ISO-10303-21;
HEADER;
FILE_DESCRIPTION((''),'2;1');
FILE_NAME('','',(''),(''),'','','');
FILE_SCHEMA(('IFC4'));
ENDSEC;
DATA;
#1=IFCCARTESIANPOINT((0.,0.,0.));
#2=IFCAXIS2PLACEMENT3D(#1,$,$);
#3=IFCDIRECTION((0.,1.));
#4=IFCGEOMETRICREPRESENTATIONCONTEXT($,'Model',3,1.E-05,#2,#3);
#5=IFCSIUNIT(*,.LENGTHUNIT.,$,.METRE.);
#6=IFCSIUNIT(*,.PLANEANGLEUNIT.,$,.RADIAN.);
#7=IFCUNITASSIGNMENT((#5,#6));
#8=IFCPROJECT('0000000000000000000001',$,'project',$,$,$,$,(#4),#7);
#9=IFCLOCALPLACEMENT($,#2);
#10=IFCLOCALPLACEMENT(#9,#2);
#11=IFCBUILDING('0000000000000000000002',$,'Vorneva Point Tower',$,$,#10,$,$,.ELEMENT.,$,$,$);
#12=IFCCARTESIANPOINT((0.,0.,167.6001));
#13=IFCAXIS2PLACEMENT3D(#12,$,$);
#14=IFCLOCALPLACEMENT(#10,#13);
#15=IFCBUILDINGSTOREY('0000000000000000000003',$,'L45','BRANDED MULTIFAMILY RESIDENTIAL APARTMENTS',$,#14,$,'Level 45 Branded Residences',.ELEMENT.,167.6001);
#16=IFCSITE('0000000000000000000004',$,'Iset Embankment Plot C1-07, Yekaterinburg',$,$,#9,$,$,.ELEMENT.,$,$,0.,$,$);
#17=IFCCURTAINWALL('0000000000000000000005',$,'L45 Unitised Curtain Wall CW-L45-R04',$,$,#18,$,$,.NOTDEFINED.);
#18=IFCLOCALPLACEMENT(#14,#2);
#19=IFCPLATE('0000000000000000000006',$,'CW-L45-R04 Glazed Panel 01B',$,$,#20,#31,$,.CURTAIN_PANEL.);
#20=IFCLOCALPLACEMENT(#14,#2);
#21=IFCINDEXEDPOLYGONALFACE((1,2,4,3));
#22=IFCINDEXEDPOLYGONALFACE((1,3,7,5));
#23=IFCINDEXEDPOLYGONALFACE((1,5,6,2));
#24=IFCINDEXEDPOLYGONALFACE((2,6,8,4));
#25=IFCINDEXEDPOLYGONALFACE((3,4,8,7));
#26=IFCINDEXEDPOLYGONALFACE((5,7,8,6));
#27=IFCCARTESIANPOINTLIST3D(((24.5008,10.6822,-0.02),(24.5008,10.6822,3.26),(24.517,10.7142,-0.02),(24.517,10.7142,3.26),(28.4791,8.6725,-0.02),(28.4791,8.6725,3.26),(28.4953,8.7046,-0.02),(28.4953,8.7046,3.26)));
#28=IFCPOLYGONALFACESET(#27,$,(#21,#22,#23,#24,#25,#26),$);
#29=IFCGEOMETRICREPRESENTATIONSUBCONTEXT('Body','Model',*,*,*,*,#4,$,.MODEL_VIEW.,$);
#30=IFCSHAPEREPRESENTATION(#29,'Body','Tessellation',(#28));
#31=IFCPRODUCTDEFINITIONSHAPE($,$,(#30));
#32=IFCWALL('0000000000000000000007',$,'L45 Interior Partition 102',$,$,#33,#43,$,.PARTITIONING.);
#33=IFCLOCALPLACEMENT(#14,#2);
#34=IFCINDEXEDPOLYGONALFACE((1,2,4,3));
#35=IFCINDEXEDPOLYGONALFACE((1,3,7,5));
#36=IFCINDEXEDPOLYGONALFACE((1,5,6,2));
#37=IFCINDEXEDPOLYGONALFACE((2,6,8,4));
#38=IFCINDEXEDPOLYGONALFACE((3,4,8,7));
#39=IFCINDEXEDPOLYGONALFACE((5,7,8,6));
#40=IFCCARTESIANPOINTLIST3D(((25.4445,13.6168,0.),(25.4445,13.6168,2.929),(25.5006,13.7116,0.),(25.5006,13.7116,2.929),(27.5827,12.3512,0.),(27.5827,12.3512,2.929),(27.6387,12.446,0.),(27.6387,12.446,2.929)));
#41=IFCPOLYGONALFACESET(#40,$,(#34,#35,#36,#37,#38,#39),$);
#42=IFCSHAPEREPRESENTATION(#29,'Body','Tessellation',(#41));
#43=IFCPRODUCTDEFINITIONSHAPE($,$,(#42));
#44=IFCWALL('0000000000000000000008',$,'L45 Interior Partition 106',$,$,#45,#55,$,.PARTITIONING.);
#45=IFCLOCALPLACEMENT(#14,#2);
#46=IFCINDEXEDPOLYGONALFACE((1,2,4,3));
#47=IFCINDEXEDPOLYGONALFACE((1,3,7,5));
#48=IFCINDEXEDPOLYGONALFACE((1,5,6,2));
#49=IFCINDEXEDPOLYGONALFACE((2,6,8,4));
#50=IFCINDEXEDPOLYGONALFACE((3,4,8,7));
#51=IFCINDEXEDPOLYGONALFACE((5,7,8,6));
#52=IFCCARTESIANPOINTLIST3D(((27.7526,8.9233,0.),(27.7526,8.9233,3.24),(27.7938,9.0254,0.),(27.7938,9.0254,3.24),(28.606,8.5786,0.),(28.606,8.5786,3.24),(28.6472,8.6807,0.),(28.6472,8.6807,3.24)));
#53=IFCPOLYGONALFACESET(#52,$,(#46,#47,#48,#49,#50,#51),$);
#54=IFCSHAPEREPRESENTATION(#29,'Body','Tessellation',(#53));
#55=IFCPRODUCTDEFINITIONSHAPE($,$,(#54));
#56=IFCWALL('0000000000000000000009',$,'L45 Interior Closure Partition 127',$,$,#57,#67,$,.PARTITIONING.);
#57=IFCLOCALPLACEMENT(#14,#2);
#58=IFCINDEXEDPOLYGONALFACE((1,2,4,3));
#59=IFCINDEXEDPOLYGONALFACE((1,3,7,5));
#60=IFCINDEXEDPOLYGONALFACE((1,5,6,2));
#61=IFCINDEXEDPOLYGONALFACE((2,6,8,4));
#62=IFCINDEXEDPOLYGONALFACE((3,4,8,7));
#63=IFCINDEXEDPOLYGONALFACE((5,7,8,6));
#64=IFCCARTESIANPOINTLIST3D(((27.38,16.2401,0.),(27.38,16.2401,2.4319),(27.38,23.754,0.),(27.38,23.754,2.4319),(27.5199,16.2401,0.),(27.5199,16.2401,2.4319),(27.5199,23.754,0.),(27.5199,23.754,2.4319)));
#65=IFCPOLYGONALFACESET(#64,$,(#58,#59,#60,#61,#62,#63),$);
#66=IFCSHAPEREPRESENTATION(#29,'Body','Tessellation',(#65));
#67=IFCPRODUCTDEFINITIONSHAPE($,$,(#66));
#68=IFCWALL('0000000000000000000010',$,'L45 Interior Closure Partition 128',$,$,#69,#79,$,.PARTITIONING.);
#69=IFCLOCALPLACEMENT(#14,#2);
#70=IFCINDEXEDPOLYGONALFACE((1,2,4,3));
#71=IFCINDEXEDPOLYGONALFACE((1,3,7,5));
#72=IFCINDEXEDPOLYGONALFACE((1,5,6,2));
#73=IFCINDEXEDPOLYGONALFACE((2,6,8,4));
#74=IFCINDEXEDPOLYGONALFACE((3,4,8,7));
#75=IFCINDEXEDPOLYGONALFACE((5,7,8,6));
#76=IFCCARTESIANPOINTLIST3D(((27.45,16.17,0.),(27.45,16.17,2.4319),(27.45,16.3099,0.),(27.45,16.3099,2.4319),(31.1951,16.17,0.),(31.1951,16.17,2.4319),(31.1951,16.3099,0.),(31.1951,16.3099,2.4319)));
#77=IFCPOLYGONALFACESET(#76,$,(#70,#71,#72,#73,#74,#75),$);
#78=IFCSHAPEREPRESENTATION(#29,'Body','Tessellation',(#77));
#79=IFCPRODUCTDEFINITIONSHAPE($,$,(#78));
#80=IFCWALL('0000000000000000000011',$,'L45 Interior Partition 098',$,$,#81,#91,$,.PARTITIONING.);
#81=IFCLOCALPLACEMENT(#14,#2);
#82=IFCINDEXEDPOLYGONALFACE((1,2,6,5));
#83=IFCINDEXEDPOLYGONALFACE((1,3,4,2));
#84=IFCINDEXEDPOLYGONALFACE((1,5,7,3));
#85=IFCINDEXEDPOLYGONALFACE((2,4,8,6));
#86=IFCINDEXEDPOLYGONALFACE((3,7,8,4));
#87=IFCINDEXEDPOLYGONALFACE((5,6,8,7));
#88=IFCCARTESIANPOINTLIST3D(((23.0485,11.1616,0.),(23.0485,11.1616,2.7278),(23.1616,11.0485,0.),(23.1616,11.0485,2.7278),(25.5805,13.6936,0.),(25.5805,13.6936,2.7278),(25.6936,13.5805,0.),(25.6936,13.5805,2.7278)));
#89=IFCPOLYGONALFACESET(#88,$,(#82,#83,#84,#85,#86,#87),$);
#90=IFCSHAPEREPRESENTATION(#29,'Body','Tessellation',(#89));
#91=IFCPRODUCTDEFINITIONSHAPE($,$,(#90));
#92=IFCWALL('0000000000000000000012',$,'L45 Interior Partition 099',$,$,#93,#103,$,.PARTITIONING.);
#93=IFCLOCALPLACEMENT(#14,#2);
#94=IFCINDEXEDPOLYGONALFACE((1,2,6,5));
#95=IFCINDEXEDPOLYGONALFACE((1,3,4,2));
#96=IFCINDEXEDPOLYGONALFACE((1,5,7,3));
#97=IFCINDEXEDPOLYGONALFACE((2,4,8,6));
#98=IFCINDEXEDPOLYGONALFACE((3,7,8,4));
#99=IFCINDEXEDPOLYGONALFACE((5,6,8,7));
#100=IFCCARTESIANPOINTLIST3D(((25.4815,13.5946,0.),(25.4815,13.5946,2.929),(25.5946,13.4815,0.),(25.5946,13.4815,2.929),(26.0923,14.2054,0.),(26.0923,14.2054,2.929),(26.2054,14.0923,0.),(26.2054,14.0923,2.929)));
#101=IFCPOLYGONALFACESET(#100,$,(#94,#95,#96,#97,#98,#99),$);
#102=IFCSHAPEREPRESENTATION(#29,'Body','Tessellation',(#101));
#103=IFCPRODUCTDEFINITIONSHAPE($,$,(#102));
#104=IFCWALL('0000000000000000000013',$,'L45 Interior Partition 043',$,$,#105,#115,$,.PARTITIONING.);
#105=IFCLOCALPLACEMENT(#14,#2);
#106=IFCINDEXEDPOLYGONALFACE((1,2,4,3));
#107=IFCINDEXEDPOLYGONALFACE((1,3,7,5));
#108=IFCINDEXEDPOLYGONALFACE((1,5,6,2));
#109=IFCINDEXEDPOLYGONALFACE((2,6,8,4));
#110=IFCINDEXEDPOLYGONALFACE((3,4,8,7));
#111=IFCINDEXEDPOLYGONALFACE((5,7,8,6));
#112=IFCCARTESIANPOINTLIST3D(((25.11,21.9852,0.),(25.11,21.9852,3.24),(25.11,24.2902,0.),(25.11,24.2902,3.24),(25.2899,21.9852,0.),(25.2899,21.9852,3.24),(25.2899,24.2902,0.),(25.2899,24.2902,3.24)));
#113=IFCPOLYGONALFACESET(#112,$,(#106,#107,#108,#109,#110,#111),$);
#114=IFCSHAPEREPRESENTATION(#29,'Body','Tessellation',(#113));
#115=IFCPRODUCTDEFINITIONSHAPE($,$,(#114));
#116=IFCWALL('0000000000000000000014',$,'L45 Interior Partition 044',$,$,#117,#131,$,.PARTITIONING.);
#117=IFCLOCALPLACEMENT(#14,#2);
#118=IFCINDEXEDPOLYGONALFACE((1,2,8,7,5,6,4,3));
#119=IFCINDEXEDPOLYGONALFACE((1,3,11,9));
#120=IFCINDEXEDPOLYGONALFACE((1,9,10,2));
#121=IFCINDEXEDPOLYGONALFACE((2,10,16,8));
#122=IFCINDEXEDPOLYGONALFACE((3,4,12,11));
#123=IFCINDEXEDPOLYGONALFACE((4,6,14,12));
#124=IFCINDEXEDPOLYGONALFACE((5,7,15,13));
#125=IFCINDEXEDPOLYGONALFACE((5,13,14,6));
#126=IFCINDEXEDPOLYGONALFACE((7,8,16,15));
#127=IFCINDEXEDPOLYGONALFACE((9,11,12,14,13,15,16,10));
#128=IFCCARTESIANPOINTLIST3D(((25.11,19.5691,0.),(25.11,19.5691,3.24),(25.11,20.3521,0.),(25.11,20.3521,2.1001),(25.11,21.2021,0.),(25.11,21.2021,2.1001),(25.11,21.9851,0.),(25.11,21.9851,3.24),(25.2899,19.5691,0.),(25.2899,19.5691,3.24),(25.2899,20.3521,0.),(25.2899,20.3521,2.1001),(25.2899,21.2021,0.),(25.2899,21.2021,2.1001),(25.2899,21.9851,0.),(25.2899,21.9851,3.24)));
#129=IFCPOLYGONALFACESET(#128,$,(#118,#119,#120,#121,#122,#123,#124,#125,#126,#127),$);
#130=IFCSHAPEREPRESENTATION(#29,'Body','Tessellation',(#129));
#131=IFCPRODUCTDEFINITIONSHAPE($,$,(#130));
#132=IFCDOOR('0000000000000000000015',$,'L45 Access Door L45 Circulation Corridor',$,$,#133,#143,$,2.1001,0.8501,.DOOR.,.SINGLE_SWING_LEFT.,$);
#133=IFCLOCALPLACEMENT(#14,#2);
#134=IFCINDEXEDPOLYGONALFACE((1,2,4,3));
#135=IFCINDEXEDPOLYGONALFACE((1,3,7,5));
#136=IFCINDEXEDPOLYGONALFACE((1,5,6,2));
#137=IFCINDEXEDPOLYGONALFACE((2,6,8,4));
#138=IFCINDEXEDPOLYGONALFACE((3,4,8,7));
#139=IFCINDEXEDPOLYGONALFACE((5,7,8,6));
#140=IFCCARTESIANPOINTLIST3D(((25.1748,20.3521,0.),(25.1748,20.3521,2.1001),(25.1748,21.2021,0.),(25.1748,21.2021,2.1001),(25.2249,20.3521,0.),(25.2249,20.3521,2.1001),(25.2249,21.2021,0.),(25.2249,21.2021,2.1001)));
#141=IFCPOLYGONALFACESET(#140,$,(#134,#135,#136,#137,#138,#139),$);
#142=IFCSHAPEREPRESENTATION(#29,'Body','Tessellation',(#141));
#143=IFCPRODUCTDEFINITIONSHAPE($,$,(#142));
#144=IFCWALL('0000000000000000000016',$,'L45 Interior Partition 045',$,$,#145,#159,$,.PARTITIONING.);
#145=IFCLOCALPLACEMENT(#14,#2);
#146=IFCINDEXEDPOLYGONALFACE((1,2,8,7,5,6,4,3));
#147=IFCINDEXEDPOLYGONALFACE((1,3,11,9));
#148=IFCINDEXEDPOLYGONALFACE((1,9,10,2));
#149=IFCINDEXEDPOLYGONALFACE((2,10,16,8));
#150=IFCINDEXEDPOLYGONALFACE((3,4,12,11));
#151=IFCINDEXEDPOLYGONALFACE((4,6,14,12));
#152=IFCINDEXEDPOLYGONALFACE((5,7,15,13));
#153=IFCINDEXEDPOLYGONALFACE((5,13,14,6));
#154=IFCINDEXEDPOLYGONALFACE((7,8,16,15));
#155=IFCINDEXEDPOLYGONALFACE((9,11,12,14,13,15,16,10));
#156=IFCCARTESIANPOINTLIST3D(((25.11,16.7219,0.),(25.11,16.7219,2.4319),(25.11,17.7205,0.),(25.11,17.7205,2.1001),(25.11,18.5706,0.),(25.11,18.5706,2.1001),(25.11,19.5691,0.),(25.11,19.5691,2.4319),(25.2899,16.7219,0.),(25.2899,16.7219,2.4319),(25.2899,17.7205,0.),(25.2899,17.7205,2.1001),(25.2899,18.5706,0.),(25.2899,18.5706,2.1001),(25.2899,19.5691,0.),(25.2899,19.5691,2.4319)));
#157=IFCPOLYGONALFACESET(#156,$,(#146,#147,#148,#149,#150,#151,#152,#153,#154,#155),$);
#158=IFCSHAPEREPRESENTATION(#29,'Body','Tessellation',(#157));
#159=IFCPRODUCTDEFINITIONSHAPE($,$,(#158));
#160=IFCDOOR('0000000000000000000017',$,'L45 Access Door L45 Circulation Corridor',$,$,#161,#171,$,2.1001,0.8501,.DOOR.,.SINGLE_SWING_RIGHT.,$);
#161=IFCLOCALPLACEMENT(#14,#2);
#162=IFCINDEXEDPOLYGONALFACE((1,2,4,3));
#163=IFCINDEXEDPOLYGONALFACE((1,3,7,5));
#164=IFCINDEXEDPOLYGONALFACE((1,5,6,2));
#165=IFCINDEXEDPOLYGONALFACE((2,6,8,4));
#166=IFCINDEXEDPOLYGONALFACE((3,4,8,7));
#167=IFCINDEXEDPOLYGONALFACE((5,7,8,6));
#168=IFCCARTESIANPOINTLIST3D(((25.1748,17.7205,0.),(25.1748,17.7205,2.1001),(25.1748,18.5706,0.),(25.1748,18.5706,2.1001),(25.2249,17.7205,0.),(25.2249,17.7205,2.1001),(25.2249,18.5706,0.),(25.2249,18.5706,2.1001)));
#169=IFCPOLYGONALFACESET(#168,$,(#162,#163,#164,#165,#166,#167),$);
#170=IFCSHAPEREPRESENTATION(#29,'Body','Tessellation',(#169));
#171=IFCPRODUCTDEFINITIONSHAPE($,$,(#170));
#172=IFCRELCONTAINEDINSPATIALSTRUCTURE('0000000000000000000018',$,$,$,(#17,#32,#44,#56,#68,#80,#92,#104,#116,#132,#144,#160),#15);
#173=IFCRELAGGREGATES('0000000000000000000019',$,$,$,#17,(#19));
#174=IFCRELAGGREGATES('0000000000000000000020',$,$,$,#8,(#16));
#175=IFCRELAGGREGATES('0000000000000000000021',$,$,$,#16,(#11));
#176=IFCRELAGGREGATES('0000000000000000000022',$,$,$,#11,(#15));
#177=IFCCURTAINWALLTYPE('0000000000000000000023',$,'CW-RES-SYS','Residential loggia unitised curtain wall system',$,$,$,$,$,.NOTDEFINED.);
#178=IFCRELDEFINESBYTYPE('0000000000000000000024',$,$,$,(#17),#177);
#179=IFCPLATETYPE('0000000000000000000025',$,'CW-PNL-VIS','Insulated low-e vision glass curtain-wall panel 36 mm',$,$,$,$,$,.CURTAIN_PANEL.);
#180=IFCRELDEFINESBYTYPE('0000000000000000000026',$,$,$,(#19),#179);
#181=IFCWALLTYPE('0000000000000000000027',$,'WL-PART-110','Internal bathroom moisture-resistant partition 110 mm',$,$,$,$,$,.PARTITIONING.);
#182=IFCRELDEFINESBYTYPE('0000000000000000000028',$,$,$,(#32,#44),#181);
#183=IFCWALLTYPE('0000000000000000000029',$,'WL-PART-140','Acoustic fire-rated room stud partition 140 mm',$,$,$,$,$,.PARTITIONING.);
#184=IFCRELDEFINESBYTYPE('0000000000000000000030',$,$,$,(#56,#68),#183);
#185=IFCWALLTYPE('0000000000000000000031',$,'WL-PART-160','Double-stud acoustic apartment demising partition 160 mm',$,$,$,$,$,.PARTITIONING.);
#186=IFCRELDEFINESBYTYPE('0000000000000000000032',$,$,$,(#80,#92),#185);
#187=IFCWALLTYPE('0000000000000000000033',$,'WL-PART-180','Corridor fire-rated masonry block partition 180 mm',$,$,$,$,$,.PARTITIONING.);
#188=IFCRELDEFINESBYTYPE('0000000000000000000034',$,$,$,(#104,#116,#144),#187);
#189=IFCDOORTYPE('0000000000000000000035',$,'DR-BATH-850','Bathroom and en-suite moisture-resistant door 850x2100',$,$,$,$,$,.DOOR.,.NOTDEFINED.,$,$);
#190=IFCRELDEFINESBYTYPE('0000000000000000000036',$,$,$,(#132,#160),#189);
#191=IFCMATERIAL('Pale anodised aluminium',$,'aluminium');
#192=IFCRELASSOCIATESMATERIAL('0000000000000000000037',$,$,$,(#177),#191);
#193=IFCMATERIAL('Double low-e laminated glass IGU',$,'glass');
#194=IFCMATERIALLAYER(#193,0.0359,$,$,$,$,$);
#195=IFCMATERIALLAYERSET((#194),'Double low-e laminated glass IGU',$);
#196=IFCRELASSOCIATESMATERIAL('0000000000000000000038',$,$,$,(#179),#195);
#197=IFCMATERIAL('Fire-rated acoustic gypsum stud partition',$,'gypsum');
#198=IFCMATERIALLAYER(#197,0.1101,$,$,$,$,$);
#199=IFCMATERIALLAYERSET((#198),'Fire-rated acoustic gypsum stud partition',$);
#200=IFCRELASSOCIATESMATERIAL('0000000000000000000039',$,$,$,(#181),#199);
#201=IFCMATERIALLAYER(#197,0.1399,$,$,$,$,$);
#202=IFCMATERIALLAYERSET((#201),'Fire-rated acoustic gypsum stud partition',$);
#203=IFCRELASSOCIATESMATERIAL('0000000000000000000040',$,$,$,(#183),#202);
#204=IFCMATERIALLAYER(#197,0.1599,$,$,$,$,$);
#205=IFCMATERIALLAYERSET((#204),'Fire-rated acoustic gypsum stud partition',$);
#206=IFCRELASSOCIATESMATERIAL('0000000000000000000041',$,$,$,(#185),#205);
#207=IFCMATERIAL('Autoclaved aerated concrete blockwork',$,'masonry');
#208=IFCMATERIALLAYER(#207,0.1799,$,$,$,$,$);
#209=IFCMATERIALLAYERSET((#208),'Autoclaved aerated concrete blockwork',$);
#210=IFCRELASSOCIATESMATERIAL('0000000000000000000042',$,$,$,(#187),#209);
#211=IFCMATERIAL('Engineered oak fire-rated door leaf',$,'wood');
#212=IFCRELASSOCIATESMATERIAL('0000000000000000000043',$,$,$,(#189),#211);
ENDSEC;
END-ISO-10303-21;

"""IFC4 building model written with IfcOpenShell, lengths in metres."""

from ifc_helpers import new_model, si_unit, direction, frame, frame_2d, origin, origin_2d, place, context, subcontext, project, spatial, rectangle, extrude, material, layer, layer_set, type_object, element, fill, aggregate, save


model = new_model("IFC4")

# Units and contexts
model_context = context("Model", 3, precision=1e-05, world=origin(), true_north=direction((0.0, 1.0)))
body_context = subcontext(model_context, "Body", "Model", "MODEL_VIEW")
ifc_project = project(units=[si_unit("LENGTHUNIT", "METRE"), si_unit("PLANEANGLEUNIT", "RADIAN")], contexts=[model_context])

# Site, building, storey
site_placement = place(None, origin())
site = spatial("IfcSite", under=ifc_project, at=site_placement, Name="Iset Embankment Plot C1-07, Yekaterinburg", CompositionType="ELEMENT", RefElevation=0.0)
building_placement = place(site_placement, origin())
building = spatial("IfcBuilding", under=site, at=building_placement, Name="Vorneva Point Tower", CompositionType="ELEMENT")
storey_placement = place(building_placement, frame((0.0, 0.0, 167.6001)))
storey = spatial("IfcBuildingStorey", under=building, at=storey_placement, Name="L45", Description="BRANDED MULTIFAMILY RESIDENTIAL APARTMENTS", LongName="Level 45 Branded Residences", CompositionType="ELEMENT", Elevation=167.6001)

# Curtain wall, plate
ifc_material_1 = material(Name="Pale anodised aluminium", Category="aluminium")
curtain_wall_type = type_object("IfcCurtainWallType", Name="CW-RES-SYS", Description="Residential loggia unitised curtain wall system", PredefinedType="NOTDEFINED", material=ifc_material_1)
curtain_wall_placement = place(storey_placement, origin())
curtain_wall = element("IfcCurtainWall", 1, at=curtain_wall_placement, inside=storey, type_object=curtain_wall_type, Name="L45 Unitised Curtain Wall CW-L45-R04", PredefinedType="NOTDEFINED")
ifc_material_2 = material(Name="Double low-e laminated glass IGU", Category="glass")
ifc_layer_1 = layer(ifc_material_2, 0.0359)
ifc_layer_set_1 = layer_set([ifc_layer_1], Name="Double low-e laminated glass IGU")
plate_type = type_object("IfcPlateType", Name="CW-PNL-VIS", Description="Insulated low-e vision glass curtain-wall panel 36 mm", PredefinedType="CURTAIN_PANEL", material=ifc_layer_set_1)
plate_1_placement = place(storey_placement, frame((26.498, 9.6934, -0.02), z_axis=(0.0, 0.0, 1.0), x_axis=(0.892578, -0.450893, 0.0)))
plate_1 = element("IfcPlate", 2, at=plate_1_placement, type_object=plate_type, Name="CW-L45-R04 Glazed Panel 01B", PredefinedType="CURTAIN_PANEL", context=body_context, shape_type="SweptSolid", body=[
    extrude(rectangle(XDim=4.457, YDim=0.0359, at=origin_2d()), origin(), (0.0, 0.0, 1.0), 3.28),
])
aggregate(curtain_wall, [plate_1])

# Walls
ifc_material_3 = material(Name="Fire-rated acoustic gypsum stud partition", Category="gypsum")
ifc_layer_2 = layer(ifc_material_3, 0.1101)
ifc_layer_set_2 = layer_set([ifc_layer_2], Name="Fire-rated acoustic gypsum stud partition")
wall_type_1 = type_object("IfcWallType", Name="WL-PART-110", Description="Internal bathroom moisture-resistant partition 110 mm", PredefinedType="PARTITIONING", material=ifc_layer_set_2)
wall_1_placement = place(storey_placement, frame((27.6106, 12.3987, 0.0), z_axis=(0.0, 0.0, 1.0), x_axis=(-0.860547, 0.509371, 0.0)))
element("IfcWall", 3, at=wall_1_placement, inside=storey, type_object=wall_type_1, Name="L45 Interior Partition 102", PredefinedType="PARTITIONING", context=body_context, shape_type="SweptSolid", body=[
    extrude(rectangle(XDim=2.4846, YDim=0.1101, at=frame_2d((1.2422, 0.0))), origin(), (0.0, 0.0, 1.0), 2.929),
])
wall_2_placement = place(storey_placement, frame((27.7732, 8.9744, 0.0), z_axis=(0.0, 0.0, 1.0), x_axis=(0.927228, -0.374498, 0.0)))
element("IfcWall", 4, at=wall_2_placement, inside=storey, type_object=wall_type_1, Name="L45 Interior Partition 106", PredefinedType="PARTITIONING", context=body_context, shape_type="SweptSolid", body=[
    extrude(rectangle(XDim=0.9204, YDim=0.1101, at=frame_2d((0.4602, 0.0))), origin(), (0.0, 0.0, 1.0), 3.24),
])
ifc_layer_3 = layer(ifc_material_3, 0.1399)
ifc_layer_set_3 = layer_set([ifc_layer_3], Name="Fire-rated acoustic gypsum stud partition")
wall_type_2 = type_object("IfcWallType", Name="WL-PART-140", Description="Acoustic fire-rated room stud partition 140 mm", PredefinedType="PARTITIONING", material=ifc_layer_set_3)
wall_3_placement = place(storey_placement, frame((27.45, 23.7539, 0.0), z_axis=(0.0, 0.0, 1.0), x_axis=(0.0, -1.0, 0.0)))
element("IfcWall", 5, at=wall_3_placement, inside=storey, type_object=wall_type_2, Name="L45 Interior Closure Partition 127", PredefinedType="PARTITIONING", context=body_context, shape_type="SweptSolid", body=[
    extrude(rectangle(XDim=7.5139, YDim=0.1399, at=frame_2d((3.7568, 0.0))), origin(), (0.0, 0.0, 1.0), 2.4319),
])
wall_4_placement = place(storey_placement, frame((27.45, 16.24, 0.0), z_axis=(0.0, 0.0, 1.0), x_axis=(1.0, 0.0, 0.0)))
element("IfcWall", 6, at=wall_4_placement, inside=storey, type_object=wall_type_2, Name="L45 Interior Closure Partition 128", PredefinedType="PARTITIONING", context=body_context, shape_type="SweptSolid", body=[
    extrude(rectangle(XDim=3.7451, YDim=0.1399, at=frame_2d((1.8726, 0.0))), origin(), (0.0, 0.0, 1.0), 2.4319),
])
ifc_layer_4 = layer(ifc_material_3, 0.1599)
ifc_layer_set_4 = layer_set([ifc_layer_4], Name="Fire-rated acoustic gypsum stud partition")
wall_type_3 = type_object("IfcWallType", Name="WL-PART-160", Description="Double-stud acoustic apartment demising partition 160 mm", PredefinedType="PARTITIONING", material=ifc_layer_set_4)
wall_5_placement = place(storey_placement, frame((23.105, 11.105, 0.0), z_axis=(0.0, 0.0, 1.0), x_axis=(0.707107, 0.707107, 0.0)))
element("IfcWall", 7, at=wall_5_placement, inside=storey, type_object=wall_type_3, Name="L45 Interior Partition 098", PredefinedType="PARTITIONING", context=body_context, shape_type="SweptSolid", body=[
    extrude(rectangle(XDim=3.5808, YDim=0.1599, at=frame_2d((1.7905, 0.0))), origin(), (0.0, 0.0, 1.0), 2.7278),
])
wall_6_placement = place(storey_placement, frame((25.5381, 13.5381, 0.0), z_axis=(0.0, 0.0, 1.0), x_axis=(0.707107, 0.707107, 0.0)))
element("IfcWall", 8, at=wall_6_placement, inside=storey, type_object=wall_type_3, Name="L45 Interior Partition 099", PredefinedType="PARTITIONING", context=body_context, shape_type="SweptSolid", body=[
    extrude(rectangle(XDim=0.8638, YDim=0.1599, at=frame_2d((0.4319, 0.0))), origin(), (0.0, 0.0, 1.0), 2.929),
])
ifc_material_4 = material(Name="Autoclaved aerated concrete blockwork", Category="masonry")
ifc_layer_5 = layer(ifc_material_4, 0.1799)
ifc_layer_set_5 = layer_set([ifc_layer_5], Name="Autoclaved aerated concrete blockwork")
wall_type_4 = type_object("IfcWallType", Name="WL-PART-180", Description="Corridor fire-rated masonry block partition 180 mm", PredefinedType="PARTITIONING", material=ifc_layer_set_5)
wall_7_placement = place(storey_placement, frame((25.2, 24.29, 0.0), z_axis=(0.0, 0.0, 1.0), x_axis=(0.0, -1.0, 0.0)))
element("IfcWall", 9, at=wall_7_placement, inside=storey, type_object=wall_type_4, Name="L45 Interior Partition 043", PredefinedType="PARTITIONING", context=body_context, shape_type="SweptSolid", body=[
    extrude(rectangle(XDim=2.3049, YDim=0.1799, at=frame_2d((1.1523, 0.0))), origin(), (0.0, 0.0, 1.0), 3.24),
])

# Walls, openings, doors
wall_8_placement = place(storey_placement, frame((25.2, 21.9851, 0.0), z_axis=(0.0, 0.0, 1.0), x_axis=(0.0, -1.0, 0.0)))
wall_8 = element("IfcWall", 10, at=wall_8_placement, inside=storey, type_object=wall_type_4, Name="L45 Interior Partition 044", PredefinedType="PARTITIONING", context=body_context, shape_type="SweptSolid", body=[
    extrude(rectangle(XDim=2.416, YDim=0.1799, at=frame_2d((1.208, 0.0))), origin(), (0.0, 0.0, 1.0), 3.24),
])
opening_1_placement = place(wall_8_placement, frame((0.783, 0.0, 0.0)))
opening_1 = element("IfcOpeningElement", 11, at=opening_1_placement, cuts=wall_8, PredefinedType="OPENING", context=body_context, shape_type="SweptSolid", body=[
    extrude(rectangle(XDim=0.8501, YDim=2.1001, at=frame_2d((0.425, 1.05))), frame((0.0, 0.105, 0.0), z_axis=(0.0, -1.0, 0.0), x_axis=(1.0, 0.0, 0.0)), (0.0, 0.0, 1.0), 0.2097),
])
ifc_material_5 = material(Name="Engineered oak fire-rated door leaf", Category="wood")
door_type = type_object("IfcDoorType", Name="DR-BATH-850", Description="Bathroom and en-suite moisture-resistant door 850x2100", OperationType="NOTDEFINED", PredefinedType="DOOR", material=ifc_material_5)
door_1_placement = place(opening_1_placement, origin())
door_1 = element("IfcDoor", 12, at=door_1_placement, inside=storey, type_object=door_type, Name="L45 Access Door L45 Circulation Corridor", OperationType="SINGLE_SWING_LEFT", OverallHeight=2.1001, OverallWidth=0.8501, PredefinedType="DOOR", context=body_context, shape_type="SweptSolid", body=[
    extrude(rectangle(XDim=0.8501, YDim=2.1001, at=frame_2d((0.425, 1.05))), frame((0.0, 0.0249, 0.0), z_axis=(0.0, -1.0, 0.0), x_axis=(1.0, 0.0, 0.0)), (0.0, 0.0, 1.0), 0.05),
])
fill(opening_1, door_1)
wall_9_placement = place(storey_placement, frame((25.2, 19.5691, 0.0), z_axis=(0.0, 0.0, 1.0), x_axis=(0.0, -1.0, 0.0)))
wall_9 = element("IfcWall", 13, at=wall_9_placement, inside=storey, type_object=wall_type_4, Name="L45 Interior Partition 045", PredefinedType="PARTITIONING", context=body_context, shape_type="SweptSolid", body=[
    extrude(rectangle(XDim=2.8472, YDim=0.1799, at=frame_2d((1.4236, 0.0))), origin(), (0.0, 0.0, 1.0), 2.4319),
])
opening_2_placement = place(wall_9_placement, frame((0.9985, 0.0, 0.0)))
opening_2 = element("IfcOpeningElement", 14, at=opening_2_placement, cuts=wall_9, PredefinedType="OPENING", context=body_context, shape_type="SweptSolid", body=[
    extrude(rectangle(XDim=0.8501, YDim=2.1001, at=frame_2d((0.425, 1.05))), frame((0.0, 0.105, 0.0), z_axis=(0.0, -1.0, 0.0), x_axis=(1.0, 0.0, 0.0)), (0.0, 0.0, 1.0), 0.2097),
])
door_2_placement = place(opening_2_placement, origin())
door_2 = element("IfcDoor", 15, at=door_2_placement, inside=storey, type_object=door_type, Name="L45 Access Door L45 Circulation Corridor", OperationType="SINGLE_SWING_RIGHT", OverallHeight=2.1001, OverallWidth=0.8501, PredefinedType="DOOR", context=body_context, shape_type="SweptSolid", body=[
    extrude(rectangle(XDim=0.8501, YDim=2.1001, at=frame_2d((0.425, 1.05))), frame((0.0, 0.0249, 0.0), z_axis=(0.0, -1.0, 0.0), x_axis=(1.0, 0.0, 0.0)), (0.0, 0.0, 1.0), 0.05),
])
fill(opening_2, door_2)

save(model, "model.ifc")
